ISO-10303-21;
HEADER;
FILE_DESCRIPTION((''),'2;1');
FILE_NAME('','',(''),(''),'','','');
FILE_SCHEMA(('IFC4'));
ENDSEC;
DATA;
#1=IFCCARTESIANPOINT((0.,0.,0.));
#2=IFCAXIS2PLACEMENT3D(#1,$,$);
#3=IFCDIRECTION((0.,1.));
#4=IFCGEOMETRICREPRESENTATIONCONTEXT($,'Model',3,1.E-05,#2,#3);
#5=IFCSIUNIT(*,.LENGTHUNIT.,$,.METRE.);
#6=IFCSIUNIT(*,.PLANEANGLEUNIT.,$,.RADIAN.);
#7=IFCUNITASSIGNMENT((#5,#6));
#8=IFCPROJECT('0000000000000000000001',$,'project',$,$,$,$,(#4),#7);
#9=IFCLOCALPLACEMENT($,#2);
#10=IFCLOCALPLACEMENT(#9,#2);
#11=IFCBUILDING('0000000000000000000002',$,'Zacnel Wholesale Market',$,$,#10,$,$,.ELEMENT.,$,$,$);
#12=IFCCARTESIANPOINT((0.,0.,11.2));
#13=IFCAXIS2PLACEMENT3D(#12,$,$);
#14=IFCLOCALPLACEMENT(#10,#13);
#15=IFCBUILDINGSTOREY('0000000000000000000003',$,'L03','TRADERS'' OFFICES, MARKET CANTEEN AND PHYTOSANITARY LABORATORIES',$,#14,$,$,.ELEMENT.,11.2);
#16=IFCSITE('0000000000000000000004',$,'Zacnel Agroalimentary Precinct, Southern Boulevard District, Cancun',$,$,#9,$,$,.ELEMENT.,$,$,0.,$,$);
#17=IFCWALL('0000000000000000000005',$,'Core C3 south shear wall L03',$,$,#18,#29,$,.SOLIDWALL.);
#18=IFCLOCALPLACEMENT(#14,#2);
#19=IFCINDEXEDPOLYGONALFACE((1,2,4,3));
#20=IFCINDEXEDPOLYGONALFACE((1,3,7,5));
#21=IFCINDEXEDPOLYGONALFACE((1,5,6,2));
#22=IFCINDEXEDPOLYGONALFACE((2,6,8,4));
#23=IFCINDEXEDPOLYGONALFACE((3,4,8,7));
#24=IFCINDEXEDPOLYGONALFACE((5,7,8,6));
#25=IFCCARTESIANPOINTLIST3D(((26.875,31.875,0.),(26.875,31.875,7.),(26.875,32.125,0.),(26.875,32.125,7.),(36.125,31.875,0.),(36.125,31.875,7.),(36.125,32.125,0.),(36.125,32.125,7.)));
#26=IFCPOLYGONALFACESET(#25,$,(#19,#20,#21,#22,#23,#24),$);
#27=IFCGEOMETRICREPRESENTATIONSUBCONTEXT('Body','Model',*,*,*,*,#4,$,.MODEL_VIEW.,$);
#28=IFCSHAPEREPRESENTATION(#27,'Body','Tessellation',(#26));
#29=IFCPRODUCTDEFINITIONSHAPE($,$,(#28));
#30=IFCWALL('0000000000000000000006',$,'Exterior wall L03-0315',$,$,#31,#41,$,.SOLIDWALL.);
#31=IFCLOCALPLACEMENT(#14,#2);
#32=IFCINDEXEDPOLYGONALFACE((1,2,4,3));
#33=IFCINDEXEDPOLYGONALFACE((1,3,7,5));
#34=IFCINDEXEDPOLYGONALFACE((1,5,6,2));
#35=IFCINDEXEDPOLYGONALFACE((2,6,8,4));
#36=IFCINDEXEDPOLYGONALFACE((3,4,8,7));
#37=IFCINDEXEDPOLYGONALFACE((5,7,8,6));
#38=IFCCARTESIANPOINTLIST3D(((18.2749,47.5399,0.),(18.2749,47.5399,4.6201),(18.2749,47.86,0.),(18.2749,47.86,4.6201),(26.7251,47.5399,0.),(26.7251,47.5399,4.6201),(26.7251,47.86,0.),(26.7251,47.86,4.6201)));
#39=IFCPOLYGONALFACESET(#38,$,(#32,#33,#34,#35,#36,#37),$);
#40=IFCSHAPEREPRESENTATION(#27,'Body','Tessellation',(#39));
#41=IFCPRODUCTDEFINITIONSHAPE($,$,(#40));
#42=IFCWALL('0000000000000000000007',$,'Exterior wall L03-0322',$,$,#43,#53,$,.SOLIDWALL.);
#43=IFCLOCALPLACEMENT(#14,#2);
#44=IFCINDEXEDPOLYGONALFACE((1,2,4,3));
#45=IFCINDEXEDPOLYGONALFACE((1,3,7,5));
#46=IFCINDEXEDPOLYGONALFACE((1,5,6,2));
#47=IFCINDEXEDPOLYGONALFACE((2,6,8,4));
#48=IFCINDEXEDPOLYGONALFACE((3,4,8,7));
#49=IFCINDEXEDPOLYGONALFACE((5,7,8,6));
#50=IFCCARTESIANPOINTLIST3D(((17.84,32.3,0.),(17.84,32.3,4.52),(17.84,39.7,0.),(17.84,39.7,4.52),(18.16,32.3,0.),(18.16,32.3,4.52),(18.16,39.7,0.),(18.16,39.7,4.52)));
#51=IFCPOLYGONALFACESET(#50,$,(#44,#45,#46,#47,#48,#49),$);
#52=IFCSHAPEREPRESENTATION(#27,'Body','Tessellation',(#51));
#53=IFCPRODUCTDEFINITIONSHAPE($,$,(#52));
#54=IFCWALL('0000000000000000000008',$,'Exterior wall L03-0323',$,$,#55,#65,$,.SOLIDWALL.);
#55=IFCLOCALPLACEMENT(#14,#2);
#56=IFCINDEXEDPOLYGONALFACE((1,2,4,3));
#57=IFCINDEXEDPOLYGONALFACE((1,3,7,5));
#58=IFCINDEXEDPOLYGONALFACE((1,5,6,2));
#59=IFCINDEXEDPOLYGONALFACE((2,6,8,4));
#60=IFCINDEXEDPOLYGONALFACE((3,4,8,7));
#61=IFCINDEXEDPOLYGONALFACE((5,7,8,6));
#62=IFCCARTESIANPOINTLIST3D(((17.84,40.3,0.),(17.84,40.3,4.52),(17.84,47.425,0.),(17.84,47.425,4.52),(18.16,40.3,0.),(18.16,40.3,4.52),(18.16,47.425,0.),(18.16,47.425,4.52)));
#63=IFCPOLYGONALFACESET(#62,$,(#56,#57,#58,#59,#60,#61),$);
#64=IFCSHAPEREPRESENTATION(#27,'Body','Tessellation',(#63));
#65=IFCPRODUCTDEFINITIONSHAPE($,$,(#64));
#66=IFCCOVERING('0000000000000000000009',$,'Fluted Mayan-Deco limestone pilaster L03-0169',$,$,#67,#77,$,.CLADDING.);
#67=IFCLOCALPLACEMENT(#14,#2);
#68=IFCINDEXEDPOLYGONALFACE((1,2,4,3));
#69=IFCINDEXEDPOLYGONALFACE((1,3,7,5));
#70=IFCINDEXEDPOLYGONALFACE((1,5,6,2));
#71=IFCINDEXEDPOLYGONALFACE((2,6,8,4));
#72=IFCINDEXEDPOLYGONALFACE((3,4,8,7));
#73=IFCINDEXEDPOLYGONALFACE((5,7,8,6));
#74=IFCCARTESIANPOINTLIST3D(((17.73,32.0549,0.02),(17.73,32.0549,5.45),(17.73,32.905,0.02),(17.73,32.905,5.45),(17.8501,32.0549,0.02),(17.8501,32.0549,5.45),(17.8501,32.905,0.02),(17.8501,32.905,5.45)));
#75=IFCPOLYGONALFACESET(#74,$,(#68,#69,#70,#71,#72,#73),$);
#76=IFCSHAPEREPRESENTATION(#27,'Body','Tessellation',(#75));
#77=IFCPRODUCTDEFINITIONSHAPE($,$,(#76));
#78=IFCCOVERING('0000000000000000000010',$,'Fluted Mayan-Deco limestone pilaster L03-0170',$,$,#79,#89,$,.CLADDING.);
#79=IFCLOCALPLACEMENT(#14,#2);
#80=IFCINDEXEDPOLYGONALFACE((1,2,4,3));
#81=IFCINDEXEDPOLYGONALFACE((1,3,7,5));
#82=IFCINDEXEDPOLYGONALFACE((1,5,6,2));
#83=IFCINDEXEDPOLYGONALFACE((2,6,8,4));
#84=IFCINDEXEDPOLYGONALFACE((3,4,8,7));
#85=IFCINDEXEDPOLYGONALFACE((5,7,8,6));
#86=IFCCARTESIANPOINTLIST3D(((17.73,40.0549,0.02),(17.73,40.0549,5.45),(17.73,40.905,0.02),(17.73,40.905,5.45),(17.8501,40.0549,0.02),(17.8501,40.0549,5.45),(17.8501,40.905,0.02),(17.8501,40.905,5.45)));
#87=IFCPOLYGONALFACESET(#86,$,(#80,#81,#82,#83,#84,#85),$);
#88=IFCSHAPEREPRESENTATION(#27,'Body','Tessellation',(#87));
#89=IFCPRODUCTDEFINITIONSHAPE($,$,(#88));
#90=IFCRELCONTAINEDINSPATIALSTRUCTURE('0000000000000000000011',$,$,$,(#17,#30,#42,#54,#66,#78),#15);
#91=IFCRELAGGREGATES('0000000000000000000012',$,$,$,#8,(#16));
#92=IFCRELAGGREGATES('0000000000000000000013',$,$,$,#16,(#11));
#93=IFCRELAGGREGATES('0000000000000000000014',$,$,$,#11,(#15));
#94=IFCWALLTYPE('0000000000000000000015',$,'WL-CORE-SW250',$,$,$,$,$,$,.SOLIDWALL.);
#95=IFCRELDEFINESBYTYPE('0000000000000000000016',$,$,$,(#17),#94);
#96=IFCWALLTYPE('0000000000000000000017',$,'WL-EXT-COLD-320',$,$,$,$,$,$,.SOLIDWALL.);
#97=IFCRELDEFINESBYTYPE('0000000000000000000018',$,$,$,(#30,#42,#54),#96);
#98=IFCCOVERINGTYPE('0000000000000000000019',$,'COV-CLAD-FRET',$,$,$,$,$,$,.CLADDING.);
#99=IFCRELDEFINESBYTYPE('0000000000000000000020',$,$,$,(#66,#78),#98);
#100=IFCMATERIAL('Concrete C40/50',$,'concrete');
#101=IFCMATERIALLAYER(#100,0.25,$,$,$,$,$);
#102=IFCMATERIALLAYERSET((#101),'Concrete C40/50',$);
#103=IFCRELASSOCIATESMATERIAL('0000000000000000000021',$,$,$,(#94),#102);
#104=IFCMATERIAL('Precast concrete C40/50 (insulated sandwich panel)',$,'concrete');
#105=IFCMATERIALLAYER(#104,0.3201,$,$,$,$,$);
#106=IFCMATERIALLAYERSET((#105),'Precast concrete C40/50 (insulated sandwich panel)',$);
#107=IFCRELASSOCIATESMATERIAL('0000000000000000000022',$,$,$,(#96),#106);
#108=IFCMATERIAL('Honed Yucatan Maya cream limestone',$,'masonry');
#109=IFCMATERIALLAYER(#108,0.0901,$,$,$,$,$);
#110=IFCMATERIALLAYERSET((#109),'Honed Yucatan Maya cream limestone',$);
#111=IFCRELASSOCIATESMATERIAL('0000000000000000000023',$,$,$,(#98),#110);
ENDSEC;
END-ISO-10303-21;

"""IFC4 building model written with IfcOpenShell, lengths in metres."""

from ifc_helpers import new_model, si_unit, direction, frame, frame_2d, origin, origin_2d, place, context, subcontext, project, spatial, rectangle, extrude, material, layer, layer_set, type_object, element, save


model = new_model("IFC4")

# Units and contexts
model_context = context("Model", 3, precision=1e-05, world=origin(), true_north=direction((0.0, 1.0)))
body_context = subcontext(model_context, "Body", "Model", "MODEL_VIEW")
ifc_project = project(units=[si_unit("LENGTHUNIT", "METRE"), si_unit("PLANEANGLEUNIT", "RADIAN")], contexts=[model_context])

# Site, building, storey
site_placement = place(None, origin())
site = spatial("IfcSite", under=ifc_project, at=site_placement, Name="Zacnel Agroalimentary Precinct, Southern Boulevard District, Cancun", CompositionType="ELEMENT", RefElevation=0.0)
building_placement = place(site_placement, origin())
building = spatial("IfcBuilding", under=site, at=building_placement, Name="Zacnel Wholesale Market", CompositionType="ELEMENT")
storey_placement = place(building_placement, frame((0.0, 0.0, 11.2)))
storey = spatial("IfcBuildingStorey", under=building, at=storey_placement, Name="L03", Description="TRADERS' OFFICES, MARKET CANTEEN AND PHYTOSANITARY LABORATORIES", CompositionType="ELEMENT", Elevation=11.2)

# Walls
ifc_material_1 = material(Name="Concrete C40/50", Category="concrete")
ifc_layer_1 = layer(ifc_material_1, 0.25)
ifc_layer_set_1 = layer_set([ifc_layer_1], Name="Concrete C40/50")
wall_type_1 = type_object("IfcWallType", Name="WL-CORE-SW250", PredefinedType="SOLIDWALL", material=ifc_layer_set_1)
wall_1_placement = place(storey_placement, frame((26.875, 32.0, 0.0), z_axis=(0.0, 0.0, 1.0), x_axis=(1.0, 0.0, 0.0)))
element("IfcWall", 1, at=wall_1_placement, inside=storey, type_object=wall_type_1, Name="Core C3 south shear wall L03", PredefinedType="SOLIDWALL", context=body_context, shape_type="SweptSolid", body=[
    extrude(rectangle(XDim=9.25, YDim=0.25, at=frame_2d((4.625, 0.0))), origin(), (0.0, 0.0, 1.0), 7.0),
])
ifc_material_2 = material(Name="Precast concrete C40/50 (insulated sandwich panel)", Category="concrete")
ifc_layer_2 = layer(ifc_material_2, 0.3201)
ifc_layer_set_2 = layer_set([ifc_layer_2], Name="Precast concrete C40/50 (insulated sandwich panel)")
wall_type_2 = type_object("IfcWallType", Name="WL-EXT-COLD-320", PredefinedType="SOLIDWALL", material=ifc_layer_set_2)
wall_2_placement = place(storey_placement, frame((18.2749, 47.7, 0.0), z_axis=(0.0, 0.0, 1.0), x_axis=(1.0, 0.0, 0.0)))
element("IfcWall", 2, at=wall_2_placement, inside=storey, type_object=wall_type_2, Name="Exterior wall L03-0315", PredefinedType="SOLIDWALL", context=body_context, shape_type="SweptSolid", body=[
    extrude(rectangle(XDim=8.4502, YDim=0.3201, at=frame_2d((4.2251, 0.0))), origin(), (0.0, 0.0, 1.0), 4.6201),
])
wall_3_placement = place(storey_placement, frame((18.0, 32.3, 0.0), z_axis=(0.0, 0.0, 1.0), x_axis=(0.0, 1.0, 0.0)))
element("IfcWall", 3, at=wall_3_placement, inside=storey, type_object=wall_type_2, Name="Exterior wall L03-0322", PredefinedType="SOLIDWALL", context=body_context, shape_type="SweptSolid", body=[
    extrude(rectangle(XDim=7.3999, YDim=0.3201, at=frame_2d((3.7, 0.0))), origin(), (0.0, 0.0, 1.0), 4.52),
])
wall_4_placement = place(storey_placement, frame((18.0, 40.3, 0.0), z_axis=(0.0, 0.0, 1.0), x_axis=(0.0, 1.0, 0.0)))
element("IfcWall", 4, at=wall_4_placement, inside=storey, type_object=wall_type_2, Name="Exterior wall L03-0323", PredefinedType="SOLIDWALL", context=body_context, shape_type="SweptSolid", body=[
    extrude(rectangle(XDim=7.125, YDim=0.3201, at=frame_2d((3.5625, 0.0))), origin(), (0.0, 0.0, 1.0), 4.52),
])

# Coverings
ifc_material_3 = material(Name="Honed Yucatan Maya cream limestone", Category="masonry")
ifc_layer_3 = layer(ifc_material_3, 0.0901)
ifc_layer_set_3 = layer_set([ifc_layer_3], Name="Honed Yucatan Maya cream limestone")
covering_type = type_object("IfcCoveringType", Name="COV-CLAD-FRET", PredefinedType="CLADDING", material=ifc_layer_set_3)
for number, where, z_axis, x_axis, name in (
    (5, (17.79, 32.48, 0.02), (0.0, 0.0, 1.0), (0.0, 1.0, 0.0), "Fluted Mayan-Deco limestone pilaster L03-0169"),
    (6, (17.79, 40.48, 0.02), (0.0, 0.0, 1.0), (0.0, 1.0, 0.0), "Fluted Mayan-Deco limestone pilaster L03-0170"),
):
    element("IfcCovering", number, at=place(storey_placement, frame(where, z_axis=z_axis, x_axis=x_axis)), inside=storey, type_object=covering_type, Name=name, PredefinedType="CLADDING", context=body_context, shape_type="SweptSolid", body=[
        extrude(rectangle(XDim=0.8501, YDim=0.1201, at=origin_2d()), origin(), (0.0, 0.0, 1.0), 5.4299),
    ])

save(model, "model.ifc")
